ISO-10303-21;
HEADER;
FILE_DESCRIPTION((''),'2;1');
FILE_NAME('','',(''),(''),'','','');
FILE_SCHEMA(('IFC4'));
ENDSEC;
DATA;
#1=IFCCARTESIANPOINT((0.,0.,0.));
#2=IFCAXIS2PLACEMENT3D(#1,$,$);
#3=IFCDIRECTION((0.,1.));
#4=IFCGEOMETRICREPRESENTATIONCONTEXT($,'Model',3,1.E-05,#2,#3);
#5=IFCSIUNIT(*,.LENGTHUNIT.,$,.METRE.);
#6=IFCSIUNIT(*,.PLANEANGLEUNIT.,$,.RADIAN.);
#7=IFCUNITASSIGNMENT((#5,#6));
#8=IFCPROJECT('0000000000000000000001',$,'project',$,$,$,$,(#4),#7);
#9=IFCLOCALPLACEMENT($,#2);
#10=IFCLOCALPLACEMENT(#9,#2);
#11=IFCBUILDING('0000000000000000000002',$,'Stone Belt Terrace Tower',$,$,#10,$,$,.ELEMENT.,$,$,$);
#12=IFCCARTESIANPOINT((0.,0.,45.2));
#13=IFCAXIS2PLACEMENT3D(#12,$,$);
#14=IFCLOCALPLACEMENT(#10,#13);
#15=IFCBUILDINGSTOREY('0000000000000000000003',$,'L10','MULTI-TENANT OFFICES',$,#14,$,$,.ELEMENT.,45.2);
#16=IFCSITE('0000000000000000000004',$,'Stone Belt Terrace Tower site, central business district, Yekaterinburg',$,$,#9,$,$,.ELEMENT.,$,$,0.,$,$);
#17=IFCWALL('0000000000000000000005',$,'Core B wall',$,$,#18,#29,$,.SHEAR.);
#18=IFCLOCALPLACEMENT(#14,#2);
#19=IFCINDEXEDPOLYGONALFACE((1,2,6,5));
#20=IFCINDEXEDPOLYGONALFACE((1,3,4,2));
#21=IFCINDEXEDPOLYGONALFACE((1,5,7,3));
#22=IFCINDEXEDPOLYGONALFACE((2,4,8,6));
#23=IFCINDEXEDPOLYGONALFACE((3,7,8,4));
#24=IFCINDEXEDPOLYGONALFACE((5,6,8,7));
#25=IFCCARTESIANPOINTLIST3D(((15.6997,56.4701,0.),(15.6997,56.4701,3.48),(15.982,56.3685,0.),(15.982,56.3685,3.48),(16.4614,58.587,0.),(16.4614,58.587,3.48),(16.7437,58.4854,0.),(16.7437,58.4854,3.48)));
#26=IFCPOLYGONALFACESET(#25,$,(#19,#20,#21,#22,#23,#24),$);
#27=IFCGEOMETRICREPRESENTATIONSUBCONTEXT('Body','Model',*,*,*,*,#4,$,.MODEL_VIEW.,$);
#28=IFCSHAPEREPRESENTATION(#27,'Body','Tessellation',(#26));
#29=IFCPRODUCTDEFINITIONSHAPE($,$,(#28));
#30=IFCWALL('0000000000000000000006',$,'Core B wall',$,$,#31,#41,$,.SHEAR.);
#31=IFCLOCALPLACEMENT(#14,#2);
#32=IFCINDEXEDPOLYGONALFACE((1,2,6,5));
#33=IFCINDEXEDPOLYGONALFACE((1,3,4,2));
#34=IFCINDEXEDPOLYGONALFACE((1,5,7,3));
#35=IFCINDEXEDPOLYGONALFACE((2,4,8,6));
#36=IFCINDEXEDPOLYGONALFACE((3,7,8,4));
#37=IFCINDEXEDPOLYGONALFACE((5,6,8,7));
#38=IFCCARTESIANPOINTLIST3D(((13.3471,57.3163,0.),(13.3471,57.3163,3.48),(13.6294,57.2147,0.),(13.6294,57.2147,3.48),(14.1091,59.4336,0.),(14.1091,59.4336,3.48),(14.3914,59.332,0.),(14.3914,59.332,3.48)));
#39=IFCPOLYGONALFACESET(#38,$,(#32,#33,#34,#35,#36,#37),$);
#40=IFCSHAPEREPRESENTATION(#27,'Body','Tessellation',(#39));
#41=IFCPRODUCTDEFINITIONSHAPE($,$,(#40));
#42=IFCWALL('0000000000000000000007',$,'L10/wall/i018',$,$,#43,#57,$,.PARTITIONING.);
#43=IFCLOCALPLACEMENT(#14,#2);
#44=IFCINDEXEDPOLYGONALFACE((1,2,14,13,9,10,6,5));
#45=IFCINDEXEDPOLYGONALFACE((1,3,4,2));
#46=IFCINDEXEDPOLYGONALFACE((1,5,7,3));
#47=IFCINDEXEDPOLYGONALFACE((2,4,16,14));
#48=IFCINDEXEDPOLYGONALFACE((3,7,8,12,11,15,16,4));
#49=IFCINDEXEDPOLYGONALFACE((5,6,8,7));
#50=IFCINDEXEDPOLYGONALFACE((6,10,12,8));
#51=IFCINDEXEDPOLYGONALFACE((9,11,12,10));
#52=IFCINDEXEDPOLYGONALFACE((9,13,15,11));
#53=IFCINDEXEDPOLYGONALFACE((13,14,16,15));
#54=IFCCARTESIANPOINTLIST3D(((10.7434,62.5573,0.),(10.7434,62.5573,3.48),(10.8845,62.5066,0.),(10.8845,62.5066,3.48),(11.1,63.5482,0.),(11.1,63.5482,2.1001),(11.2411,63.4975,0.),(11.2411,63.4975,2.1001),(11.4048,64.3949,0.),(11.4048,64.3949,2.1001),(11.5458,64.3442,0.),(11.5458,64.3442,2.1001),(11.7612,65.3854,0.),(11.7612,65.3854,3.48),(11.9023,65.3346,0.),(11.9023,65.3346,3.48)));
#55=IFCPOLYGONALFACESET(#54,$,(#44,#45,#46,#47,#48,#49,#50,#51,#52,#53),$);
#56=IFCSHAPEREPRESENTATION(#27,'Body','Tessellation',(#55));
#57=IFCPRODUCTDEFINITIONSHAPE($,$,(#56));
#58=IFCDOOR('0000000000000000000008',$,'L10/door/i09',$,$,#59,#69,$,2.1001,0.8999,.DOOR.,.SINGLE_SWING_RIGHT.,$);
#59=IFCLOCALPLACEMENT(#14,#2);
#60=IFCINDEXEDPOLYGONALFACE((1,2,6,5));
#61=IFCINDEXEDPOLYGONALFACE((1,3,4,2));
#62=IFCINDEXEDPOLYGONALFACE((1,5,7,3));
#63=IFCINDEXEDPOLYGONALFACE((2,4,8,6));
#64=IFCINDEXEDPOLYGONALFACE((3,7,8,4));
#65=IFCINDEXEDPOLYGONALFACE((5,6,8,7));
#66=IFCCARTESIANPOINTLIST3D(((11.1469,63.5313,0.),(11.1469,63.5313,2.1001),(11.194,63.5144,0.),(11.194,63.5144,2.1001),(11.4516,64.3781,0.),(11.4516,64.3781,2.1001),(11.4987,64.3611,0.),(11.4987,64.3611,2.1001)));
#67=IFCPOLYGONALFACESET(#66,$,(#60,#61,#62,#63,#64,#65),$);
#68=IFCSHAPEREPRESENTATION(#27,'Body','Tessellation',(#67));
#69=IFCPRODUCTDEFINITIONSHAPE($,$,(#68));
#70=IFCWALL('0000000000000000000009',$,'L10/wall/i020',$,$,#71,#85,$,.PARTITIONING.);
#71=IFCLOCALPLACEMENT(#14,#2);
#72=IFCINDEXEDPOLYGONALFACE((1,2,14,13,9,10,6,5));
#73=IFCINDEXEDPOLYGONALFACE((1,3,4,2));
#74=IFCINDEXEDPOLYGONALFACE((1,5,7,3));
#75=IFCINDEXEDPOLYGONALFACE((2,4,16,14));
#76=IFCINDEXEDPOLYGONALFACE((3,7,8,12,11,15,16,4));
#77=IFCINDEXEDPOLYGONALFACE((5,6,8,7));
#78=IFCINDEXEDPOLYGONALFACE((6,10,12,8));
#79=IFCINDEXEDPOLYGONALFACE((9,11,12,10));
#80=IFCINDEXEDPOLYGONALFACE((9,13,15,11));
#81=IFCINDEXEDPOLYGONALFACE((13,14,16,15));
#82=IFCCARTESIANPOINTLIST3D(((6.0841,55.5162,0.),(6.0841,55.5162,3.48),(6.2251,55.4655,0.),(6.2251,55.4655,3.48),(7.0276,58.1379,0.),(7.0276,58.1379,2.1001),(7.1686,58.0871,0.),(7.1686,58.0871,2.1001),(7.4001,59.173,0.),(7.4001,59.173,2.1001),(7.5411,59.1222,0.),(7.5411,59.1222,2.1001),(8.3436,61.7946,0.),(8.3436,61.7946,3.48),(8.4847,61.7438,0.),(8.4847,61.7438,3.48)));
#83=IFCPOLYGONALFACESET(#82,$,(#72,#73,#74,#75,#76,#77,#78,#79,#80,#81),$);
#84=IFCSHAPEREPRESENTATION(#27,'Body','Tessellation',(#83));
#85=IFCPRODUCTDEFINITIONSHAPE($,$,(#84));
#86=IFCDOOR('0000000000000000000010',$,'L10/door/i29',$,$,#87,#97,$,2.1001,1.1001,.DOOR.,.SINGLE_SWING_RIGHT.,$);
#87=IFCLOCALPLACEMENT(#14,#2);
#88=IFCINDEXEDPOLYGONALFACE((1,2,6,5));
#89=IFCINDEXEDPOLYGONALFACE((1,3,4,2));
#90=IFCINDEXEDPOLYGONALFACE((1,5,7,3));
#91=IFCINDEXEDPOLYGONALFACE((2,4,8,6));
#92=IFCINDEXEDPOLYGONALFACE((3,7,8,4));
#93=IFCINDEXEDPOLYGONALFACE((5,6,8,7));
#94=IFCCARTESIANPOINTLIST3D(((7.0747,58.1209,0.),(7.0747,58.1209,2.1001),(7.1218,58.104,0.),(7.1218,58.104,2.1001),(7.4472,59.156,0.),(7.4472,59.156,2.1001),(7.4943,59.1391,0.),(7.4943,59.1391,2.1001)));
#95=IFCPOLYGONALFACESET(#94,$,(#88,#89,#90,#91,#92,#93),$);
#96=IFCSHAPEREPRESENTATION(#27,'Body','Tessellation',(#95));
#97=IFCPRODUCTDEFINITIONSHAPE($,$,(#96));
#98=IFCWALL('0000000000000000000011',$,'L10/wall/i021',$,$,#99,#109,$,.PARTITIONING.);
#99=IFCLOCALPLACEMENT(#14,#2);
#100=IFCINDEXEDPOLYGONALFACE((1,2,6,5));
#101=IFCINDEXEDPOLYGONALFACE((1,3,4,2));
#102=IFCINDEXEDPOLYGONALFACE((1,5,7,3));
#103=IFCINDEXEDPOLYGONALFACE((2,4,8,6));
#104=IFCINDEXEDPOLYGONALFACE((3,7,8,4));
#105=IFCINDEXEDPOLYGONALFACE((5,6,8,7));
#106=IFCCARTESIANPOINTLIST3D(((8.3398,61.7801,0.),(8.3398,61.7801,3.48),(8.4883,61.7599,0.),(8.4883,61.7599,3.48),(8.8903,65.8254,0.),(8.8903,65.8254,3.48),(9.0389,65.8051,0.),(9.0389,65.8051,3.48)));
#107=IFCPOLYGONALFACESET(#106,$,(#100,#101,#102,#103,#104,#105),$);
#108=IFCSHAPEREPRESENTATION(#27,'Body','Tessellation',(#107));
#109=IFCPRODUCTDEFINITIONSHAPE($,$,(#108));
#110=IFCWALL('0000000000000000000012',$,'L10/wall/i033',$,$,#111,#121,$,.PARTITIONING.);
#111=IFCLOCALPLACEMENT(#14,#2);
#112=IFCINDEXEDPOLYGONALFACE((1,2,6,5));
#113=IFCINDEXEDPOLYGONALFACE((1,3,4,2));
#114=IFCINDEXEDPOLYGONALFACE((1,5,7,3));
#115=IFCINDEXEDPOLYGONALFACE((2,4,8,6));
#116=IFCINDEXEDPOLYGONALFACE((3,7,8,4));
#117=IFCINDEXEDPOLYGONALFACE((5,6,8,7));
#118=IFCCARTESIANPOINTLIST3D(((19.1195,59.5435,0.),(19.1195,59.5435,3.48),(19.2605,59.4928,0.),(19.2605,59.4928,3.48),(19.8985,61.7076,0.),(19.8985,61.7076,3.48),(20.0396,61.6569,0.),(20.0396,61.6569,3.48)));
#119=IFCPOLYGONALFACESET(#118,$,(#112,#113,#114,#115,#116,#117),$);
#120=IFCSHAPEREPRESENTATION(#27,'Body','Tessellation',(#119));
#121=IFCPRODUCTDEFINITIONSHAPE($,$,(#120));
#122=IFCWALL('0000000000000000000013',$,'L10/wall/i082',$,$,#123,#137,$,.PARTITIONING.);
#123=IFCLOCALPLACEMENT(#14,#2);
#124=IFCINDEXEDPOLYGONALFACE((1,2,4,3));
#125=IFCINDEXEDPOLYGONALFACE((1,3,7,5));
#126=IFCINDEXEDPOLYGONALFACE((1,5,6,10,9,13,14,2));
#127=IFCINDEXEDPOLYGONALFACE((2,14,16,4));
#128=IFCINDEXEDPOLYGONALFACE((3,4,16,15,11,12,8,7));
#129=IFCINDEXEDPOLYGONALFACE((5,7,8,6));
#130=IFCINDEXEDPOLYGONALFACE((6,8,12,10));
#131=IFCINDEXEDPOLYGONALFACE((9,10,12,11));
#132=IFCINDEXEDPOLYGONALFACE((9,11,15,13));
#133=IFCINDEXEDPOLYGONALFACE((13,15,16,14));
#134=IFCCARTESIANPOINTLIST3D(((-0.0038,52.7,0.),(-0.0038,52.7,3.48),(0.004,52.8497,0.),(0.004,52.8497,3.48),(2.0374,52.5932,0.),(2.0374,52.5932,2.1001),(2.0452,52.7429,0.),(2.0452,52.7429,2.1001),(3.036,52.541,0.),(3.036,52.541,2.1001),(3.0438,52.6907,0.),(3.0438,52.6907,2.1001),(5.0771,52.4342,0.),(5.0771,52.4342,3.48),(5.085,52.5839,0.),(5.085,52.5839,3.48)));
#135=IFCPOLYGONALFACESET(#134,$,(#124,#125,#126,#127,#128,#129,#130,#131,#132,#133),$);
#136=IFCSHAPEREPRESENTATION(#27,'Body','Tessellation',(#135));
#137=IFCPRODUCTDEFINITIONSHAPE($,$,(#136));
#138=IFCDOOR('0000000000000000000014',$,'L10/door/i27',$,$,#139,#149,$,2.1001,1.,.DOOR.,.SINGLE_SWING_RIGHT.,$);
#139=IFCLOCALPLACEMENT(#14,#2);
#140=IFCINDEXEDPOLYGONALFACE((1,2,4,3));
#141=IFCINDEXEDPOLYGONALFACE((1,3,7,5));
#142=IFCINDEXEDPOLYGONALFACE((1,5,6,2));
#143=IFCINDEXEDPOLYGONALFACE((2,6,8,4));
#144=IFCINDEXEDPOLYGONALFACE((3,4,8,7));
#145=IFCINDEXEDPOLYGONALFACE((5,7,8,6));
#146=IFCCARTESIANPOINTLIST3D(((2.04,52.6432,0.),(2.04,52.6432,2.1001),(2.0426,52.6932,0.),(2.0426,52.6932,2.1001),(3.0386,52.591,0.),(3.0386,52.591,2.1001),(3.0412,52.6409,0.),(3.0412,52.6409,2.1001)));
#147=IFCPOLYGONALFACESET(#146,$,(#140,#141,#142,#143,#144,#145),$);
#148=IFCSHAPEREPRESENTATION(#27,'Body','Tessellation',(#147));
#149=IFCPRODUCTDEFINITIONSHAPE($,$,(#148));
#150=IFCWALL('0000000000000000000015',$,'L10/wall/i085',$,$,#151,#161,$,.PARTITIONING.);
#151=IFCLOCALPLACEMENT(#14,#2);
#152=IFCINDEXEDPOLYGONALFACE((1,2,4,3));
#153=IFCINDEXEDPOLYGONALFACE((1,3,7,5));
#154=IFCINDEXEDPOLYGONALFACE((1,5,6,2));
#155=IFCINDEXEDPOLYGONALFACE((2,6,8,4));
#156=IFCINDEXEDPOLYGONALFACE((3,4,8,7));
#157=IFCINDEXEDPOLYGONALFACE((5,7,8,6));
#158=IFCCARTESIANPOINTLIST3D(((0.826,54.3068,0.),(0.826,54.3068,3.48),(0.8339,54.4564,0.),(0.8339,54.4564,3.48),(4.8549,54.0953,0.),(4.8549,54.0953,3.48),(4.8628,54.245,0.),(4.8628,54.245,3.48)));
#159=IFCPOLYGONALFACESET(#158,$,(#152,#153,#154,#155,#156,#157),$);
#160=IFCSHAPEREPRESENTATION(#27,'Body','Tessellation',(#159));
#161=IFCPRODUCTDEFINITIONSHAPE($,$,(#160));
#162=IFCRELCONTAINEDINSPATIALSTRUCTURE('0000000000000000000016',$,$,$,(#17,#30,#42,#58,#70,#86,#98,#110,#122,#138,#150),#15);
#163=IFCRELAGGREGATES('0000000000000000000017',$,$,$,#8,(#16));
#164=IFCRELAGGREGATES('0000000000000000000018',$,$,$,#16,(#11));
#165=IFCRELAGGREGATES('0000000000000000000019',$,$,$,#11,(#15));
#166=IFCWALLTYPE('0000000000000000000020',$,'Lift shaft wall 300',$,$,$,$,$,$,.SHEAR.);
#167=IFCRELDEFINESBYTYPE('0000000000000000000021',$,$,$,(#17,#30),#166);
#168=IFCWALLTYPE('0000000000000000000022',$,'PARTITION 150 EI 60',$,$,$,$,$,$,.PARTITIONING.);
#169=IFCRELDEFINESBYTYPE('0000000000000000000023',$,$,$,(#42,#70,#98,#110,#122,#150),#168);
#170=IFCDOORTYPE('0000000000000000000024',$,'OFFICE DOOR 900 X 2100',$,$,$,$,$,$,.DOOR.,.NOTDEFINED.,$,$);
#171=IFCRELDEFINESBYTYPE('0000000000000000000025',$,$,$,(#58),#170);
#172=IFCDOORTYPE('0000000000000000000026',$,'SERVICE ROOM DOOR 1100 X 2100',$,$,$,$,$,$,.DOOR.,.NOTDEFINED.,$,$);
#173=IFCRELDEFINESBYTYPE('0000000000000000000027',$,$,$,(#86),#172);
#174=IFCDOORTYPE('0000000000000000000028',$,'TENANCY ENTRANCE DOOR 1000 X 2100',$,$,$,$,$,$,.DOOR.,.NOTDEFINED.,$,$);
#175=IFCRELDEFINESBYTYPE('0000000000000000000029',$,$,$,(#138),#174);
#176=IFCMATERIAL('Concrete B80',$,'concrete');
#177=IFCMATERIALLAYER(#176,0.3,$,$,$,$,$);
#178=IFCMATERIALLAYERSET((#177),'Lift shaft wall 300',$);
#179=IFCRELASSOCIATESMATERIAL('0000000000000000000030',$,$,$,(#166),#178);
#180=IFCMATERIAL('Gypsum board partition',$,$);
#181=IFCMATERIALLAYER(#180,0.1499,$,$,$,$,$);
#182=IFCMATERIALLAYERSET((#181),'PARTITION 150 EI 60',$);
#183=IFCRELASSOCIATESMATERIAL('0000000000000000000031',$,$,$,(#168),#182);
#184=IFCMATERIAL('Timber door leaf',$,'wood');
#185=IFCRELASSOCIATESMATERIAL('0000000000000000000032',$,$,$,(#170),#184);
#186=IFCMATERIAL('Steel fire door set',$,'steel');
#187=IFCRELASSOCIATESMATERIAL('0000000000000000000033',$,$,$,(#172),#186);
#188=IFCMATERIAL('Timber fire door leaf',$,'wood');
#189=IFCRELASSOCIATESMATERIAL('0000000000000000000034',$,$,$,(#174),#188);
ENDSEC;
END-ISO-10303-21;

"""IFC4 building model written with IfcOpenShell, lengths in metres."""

from ifc_helpers import new_model, si_unit, direction, frame, frame_2d, origin, place, context, subcontext, project, spatial, rectangle, extrude, material, layer, layer_set, type_object, element, fill, save


model = new_model("IFC4")

# Units and contexts
model_context = context("Model", 3, precision=1e-05, world=origin(), true_north=direction((0.0, 1.0)))
body_context = subcontext(model_context, "Body", "Model", "MODEL_VIEW")
ifc_project = project(units=[si_unit("LENGTHUNIT", "METRE"), si_unit("PLANEANGLEUNIT", "RADIAN")], contexts=[model_context])

# Site, building, storey
site_placement = place(None, origin())
site = spatial("IfcSite", under=ifc_project, at=site_placement, Name="Stone Belt Terrace Tower site, central business district, Yekaterinburg", CompositionType="ELEMENT", RefElevation=0.0)
building_placement = place(site_placement, origin())
building = spatial("IfcBuilding", under=site, at=building_placement, Name="Stone Belt Terrace Tower", CompositionType="ELEMENT")
storey_placement = place(building_placement, frame((0.0, 0.0, 45.2)))
storey = spatial("IfcBuildingStorey", under=building, at=storey_placement, Name="L10", Description="MULTI-TENANT OFFICES", CompositionType="ELEMENT", Elevation=45.2)

# Shared definitions
ifc_material_1 = material(Name="Concrete B80", Category="concrete")

# Walls
ifc_layer_1 = layer(ifc_material_1, 0.3)
ifc_layer_set_1 = layer_set([ifc_layer_1], Name="Lift shaft wall 300")
wall_type_1 = type_object("IfcWallType", Name="Lift shaft wall 300", PredefinedType="SHEAR", material=ifc_layer_set_1)
wall_1_placement = place(storey_placement, frame((15.8408, 56.4192, 0.0), z_axis=(0.0, 0.0, 1.0), x_axis=(0.33857, 0.940941, 0.0)))
element("IfcWall", 1, at=wall_1_placement, inside=storey, type_object=wall_type_1, Name="Core B wall", PredefinedType="SHEAR", context=body_context, shape_type="SweptSolid", body=[
    extrude(rectangle(XDim=2.2498, YDim=0.3, at=frame_2d((1.125, 0.0))), origin(), (0.0, 0.0, 1.0), 3.48),
])
wall_2_placement = place(storey_placement, frame((13.4883, 57.2656, 0.0), z_axis=(0.0, 0.0, 1.0), x_axis=(0.338631, 0.940919, 0.0)))
element("IfcWall", 2, at=wall_2_placement, inside=storey, type_object=wall_type_1, Name="Core B wall", PredefinedType="SHEAR", context=body_context, shape_type="SweptSolid", body=[
    extrude(rectangle(XDim=2.2502, YDim=0.3, at=frame_2d((1.125, 0.0))), origin(), (0.0, 0.0, 1.0), 3.48),
])

# Walls, openings, doors
ifc_material_2 = material(Name="Gypsum board partition")
ifc_layer_2 = layer(ifc_material_2, 0.1499)
ifc_layer_set_2 = layer_set([ifc_layer_2], Name="PARTITION 150 EI 60")
wall_type_2 = type_object("IfcWallType", Name="PARTITION 150 EI 60", PredefinedType="PARTITIONING", material=ifc_layer_set_2)
wall_3_placement = place(storey_placement, frame((11.8318, 65.3601, 0.0), z_axis=(0.0, 0.0, 1.0), x_axis=(-0.33863, -0.94092, 0.0)))
wall_3 = element("IfcWall", 3, at=wall_3_placement, inside=storey, type_object=wall_type_2, Name="L10/wall/i018", PredefinedType="PARTITIONING", context=body_context, shape_type="SweptSolid", body=[
    extrude(rectangle(XDim=3.0056, YDim=0.1499, at=frame_2d((1.5029, 0.0))), origin(), (0.0, 0.0, 1.0), 3.48),
])
opening_1_placement = place(wall_3_placement, frame((1.0527, 0.0, 0.0)))
opening_1 = element("IfcOpeningElement", 4, at=opening_1_placement, cuts=wall_3, PredefinedType="OPENING", context=body_context, shape_type="SweptSolid", body=[
    extrude(rectangle(XDim=0.8999, YDim=2.1001, at=frame_2d((0.45, 1.05))), frame((0.0, 0.085, 0.0), z_axis=(0.0, -1.0, 0.0), x_axis=(1.0, 0.0, 0.0)), (0.0, 0.0, 1.0), 0.1699),
])
ifc_material_3 = material(Name="Timber door leaf", Category="wood")
door_type_1 = type_object("IfcDoorType", Name="OFFICE DOOR 900 X 2100", OperationType="NOTDEFINED", PredefinedType="DOOR", material=ifc_material_3)
door_1_placement = place(opening_1_placement, origin())
door_1 = element("IfcDoor", 5, at=door_1_placement, inside=storey, type_object=door_type_1, Name="L10/door/i09", OperationType="SINGLE_SWING_RIGHT", OverallHeight=2.1001, OverallWidth=0.8999, PredefinedType="DOOR", context=body_context, shape_type="SweptSolid", body=[
    extrude(rectangle(XDim=0.8999, YDim=2.1001, at=frame_2d((0.45, 1.05))), frame((0.0, 0.0249, 0.0), z_axis=(0.0, -1.0, 0.0), x_axis=(1.0, 0.0, 0.0)), (0.0, 0.0, 1.0), 0.05),
])
fill(opening_1, door_1)
wall_4_placement = place(storey_placement, frame((6.1545, 55.4907, 0.0), z_axis=(0.0, 0.0, 1.0), x_axis=(0.33863, 0.94092, 0.0)))
wall_4 = element("IfcWall", 6, at=wall_4_placement, inside=storey, type_object=wall_type_2, Name="L10/wall/i020", PredefinedType="PARTITIONING", context=body_context, shape_type="SweptSolid", body=[
    extrude(rectangle(XDim=6.6726, YDim=0.1499, at=frame_2d((3.3364, 0.0))), origin(), (0.0, 0.0, 1.0), 3.48),
])
opening_2_placement = place(wall_4_placement, frame((2.7864, 0.0, 0.0)))
opening_2 = element("IfcOpeningElement", 7, at=opening_2_placement, cuts=wall_4, PredefinedType="OPENING", context=body_context, shape_type="SweptSolid", body=[
    extrude(rectangle(XDim=1.1001, YDim=2.1001, at=frame_2d((0.55, 1.05))), frame((0.0, 0.085, 0.0), z_axis=(0.0, -1.0, 0.0), x_axis=(1.0, 0.0, 0.0)), (0.0, 0.0, 1.0), 0.1699),
])
ifc_material_4 = material(Name="Steel fire door set", Category="steel")
door_type_2 = type_object("IfcDoorType", Name="SERVICE ROOM DOOR 1100 X 2100", OperationType="NOTDEFINED", PredefinedType="DOOR", material=ifc_material_4)
door_2_placement = place(opening_2_placement, origin())
door_2 = element("IfcDoor", 8, at=door_2_placement, inside=storey, type_object=door_type_2, Name="L10/door/i29", OperationType="SINGLE_SWING_RIGHT", OverallHeight=2.1001, OverallWidth=1.1001, PredefinedType="DOOR", context=body_context, shape_type="SweptSolid", body=[
    extrude(rectangle(XDim=1.1001, YDim=2.1001, at=frame_2d((0.55, 1.05))), frame((0.0, 0.0249, 0.0), z_axis=(0.0, -1.0, 0.0), x_axis=(1.0, 0.0, 0.0)), (0.0, 0.0, 1.0), 0.05),
])
fill(opening_2, door_2)

# Walls
wall_5_placement = place(storey_placement, frame((8.4141, 61.77, 0.0), z_axis=(0.0, 0.0, 1.0), x_axis=(0.134854, 0.990865, 0.0)))
element("IfcWall", 9, at=wall_5_placement, inside=storey, type_object=wall_type_2, Name="L10/wall/i021", PredefinedType="PARTITIONING", context=body_context, shape_type="SweptSolid", body=[
    extrude(rectangle(XDim=4.0825, YDim=0.1499, at=frame_2d((2.0413, 0.0))), origin(), (0.0, 0.0, 1.0), 3.48),
])
wall_6_placement = place(storey_placement, frame((19.969, 61.6821, 0.0), z_axis=(0.0, 0.0, 1.0), x_axis=(-0.338716, -0.940889, 0.0)))
element("IfcWall", 10, at=wall_6_placement, inside=storey, type_object=wall_type_2, Name="L10/wall/i033", PredefinedType="PARTITIONING", context=body_context, shape_type="SweptSolid", body=[
    extrude(rectangle(XDim=2.3, YDim=0.1499, at=frame_2d((1.1499, 0.0))), origin(), (0.0, 0.0, 1.0), 3.48),
])

# Wall, opening, door
wall_7_placement = place(storey_placement, frame((5.0811, 52.509, 0.0), z_axis=(0.0, 0.0, 1.0), x_axis=(-0.998634, 0.052254, 0.0)))
wall_7 = element("IfcWall", 11, at=wall_7_placement, inside=storey, type_object=wall_type_2, Name="L10/wall/i082", PredefinedType="PARTITIONING", context=body_context, shape_type="SweptSolid", body=[
    extrude(rectangle(XDim=5.0879, YDim=0.1499, at=frame_2d((2.5439, 0.0))), origin(), (0.0, 0.0, 1.0), 3.48),
])
opening_3_placement = place(wall_7_placement, frame((2.0439, 0.0, 0.0)))
opening_3 = element("IfcOpeningElement", 12, at=opening_3_placement, cuts=wall_7, PredefinedType="OPENING", context=body_context, shape_type="SweptSolid", body=[
    extrude(rectangle(XDim=1.0, YDim=2.1001, at=frame_2d((0.5, 1.05))), frame((0.0, 0.085, 0.0), z_axis=(0.0, -1.0, 0.0), x_axis=(1.0, 0.0, 0.0)), (0.0, 0.0, 1.0), 0.1699),
])
ifc_material_5 = material(Name="Timber fire door leaf", Category="wood")
door_type_3 = type_object("IfcDoorType", Name="TENANCY ENTRANCE DOOR 1000 X 2100", OperationType="NOTDEFINED", PredefinedType="DOOR", material=ifc_material_5)
door_3_placement = place(opening_3_placement, origin())
door_3 = element("IfcDoor", 13, at=door_3_placement, inside=storey, type_object=door_type_3, Name="L10/door/i27", OperationType="SINGLE_SWING_RIGHT", OverallHeight=2.1001, OverallWidth=1.0, PredefinedType="DOOR", context=body_context, shape_type="SweptSolid", body=[
    extrude(rectangle(XDim=1.0, YDim=2.1001, at=frame_2d((0.5, 1.05))), frame((0.0, 0.0249, 0.0), z_axis=(0.0, -1.0, 0.0), x_axis=(1.0, 0.0, 0.0)), (0.0, 0.0, 1.0), 0.05),
])
fill(opening_3, door_3)

# Wall
wall_8_placement = place(storey_placement, frame((0.8301, 54.3816, 0.0), z_axis=(0.0, 0.0, 1.0), x_axis=(0.998626, -0.052406, 0.0)))
element("IfcWall", 14, at=wall_8_placement, inside=storey, type_object=wall_type_2, Name="L10/wall/i085", PredefinedType="PARTITIONING", context=body_context, shape_type="SweptSolid", body=[
    extrude(rectangle(XDim=4.0344, YDim=0.1499, at=frame_2d((2.0171, 0.0))), origin(), (0.0, 0.0, 1.0), 3.48),
])

save(model, "model.ifc")
